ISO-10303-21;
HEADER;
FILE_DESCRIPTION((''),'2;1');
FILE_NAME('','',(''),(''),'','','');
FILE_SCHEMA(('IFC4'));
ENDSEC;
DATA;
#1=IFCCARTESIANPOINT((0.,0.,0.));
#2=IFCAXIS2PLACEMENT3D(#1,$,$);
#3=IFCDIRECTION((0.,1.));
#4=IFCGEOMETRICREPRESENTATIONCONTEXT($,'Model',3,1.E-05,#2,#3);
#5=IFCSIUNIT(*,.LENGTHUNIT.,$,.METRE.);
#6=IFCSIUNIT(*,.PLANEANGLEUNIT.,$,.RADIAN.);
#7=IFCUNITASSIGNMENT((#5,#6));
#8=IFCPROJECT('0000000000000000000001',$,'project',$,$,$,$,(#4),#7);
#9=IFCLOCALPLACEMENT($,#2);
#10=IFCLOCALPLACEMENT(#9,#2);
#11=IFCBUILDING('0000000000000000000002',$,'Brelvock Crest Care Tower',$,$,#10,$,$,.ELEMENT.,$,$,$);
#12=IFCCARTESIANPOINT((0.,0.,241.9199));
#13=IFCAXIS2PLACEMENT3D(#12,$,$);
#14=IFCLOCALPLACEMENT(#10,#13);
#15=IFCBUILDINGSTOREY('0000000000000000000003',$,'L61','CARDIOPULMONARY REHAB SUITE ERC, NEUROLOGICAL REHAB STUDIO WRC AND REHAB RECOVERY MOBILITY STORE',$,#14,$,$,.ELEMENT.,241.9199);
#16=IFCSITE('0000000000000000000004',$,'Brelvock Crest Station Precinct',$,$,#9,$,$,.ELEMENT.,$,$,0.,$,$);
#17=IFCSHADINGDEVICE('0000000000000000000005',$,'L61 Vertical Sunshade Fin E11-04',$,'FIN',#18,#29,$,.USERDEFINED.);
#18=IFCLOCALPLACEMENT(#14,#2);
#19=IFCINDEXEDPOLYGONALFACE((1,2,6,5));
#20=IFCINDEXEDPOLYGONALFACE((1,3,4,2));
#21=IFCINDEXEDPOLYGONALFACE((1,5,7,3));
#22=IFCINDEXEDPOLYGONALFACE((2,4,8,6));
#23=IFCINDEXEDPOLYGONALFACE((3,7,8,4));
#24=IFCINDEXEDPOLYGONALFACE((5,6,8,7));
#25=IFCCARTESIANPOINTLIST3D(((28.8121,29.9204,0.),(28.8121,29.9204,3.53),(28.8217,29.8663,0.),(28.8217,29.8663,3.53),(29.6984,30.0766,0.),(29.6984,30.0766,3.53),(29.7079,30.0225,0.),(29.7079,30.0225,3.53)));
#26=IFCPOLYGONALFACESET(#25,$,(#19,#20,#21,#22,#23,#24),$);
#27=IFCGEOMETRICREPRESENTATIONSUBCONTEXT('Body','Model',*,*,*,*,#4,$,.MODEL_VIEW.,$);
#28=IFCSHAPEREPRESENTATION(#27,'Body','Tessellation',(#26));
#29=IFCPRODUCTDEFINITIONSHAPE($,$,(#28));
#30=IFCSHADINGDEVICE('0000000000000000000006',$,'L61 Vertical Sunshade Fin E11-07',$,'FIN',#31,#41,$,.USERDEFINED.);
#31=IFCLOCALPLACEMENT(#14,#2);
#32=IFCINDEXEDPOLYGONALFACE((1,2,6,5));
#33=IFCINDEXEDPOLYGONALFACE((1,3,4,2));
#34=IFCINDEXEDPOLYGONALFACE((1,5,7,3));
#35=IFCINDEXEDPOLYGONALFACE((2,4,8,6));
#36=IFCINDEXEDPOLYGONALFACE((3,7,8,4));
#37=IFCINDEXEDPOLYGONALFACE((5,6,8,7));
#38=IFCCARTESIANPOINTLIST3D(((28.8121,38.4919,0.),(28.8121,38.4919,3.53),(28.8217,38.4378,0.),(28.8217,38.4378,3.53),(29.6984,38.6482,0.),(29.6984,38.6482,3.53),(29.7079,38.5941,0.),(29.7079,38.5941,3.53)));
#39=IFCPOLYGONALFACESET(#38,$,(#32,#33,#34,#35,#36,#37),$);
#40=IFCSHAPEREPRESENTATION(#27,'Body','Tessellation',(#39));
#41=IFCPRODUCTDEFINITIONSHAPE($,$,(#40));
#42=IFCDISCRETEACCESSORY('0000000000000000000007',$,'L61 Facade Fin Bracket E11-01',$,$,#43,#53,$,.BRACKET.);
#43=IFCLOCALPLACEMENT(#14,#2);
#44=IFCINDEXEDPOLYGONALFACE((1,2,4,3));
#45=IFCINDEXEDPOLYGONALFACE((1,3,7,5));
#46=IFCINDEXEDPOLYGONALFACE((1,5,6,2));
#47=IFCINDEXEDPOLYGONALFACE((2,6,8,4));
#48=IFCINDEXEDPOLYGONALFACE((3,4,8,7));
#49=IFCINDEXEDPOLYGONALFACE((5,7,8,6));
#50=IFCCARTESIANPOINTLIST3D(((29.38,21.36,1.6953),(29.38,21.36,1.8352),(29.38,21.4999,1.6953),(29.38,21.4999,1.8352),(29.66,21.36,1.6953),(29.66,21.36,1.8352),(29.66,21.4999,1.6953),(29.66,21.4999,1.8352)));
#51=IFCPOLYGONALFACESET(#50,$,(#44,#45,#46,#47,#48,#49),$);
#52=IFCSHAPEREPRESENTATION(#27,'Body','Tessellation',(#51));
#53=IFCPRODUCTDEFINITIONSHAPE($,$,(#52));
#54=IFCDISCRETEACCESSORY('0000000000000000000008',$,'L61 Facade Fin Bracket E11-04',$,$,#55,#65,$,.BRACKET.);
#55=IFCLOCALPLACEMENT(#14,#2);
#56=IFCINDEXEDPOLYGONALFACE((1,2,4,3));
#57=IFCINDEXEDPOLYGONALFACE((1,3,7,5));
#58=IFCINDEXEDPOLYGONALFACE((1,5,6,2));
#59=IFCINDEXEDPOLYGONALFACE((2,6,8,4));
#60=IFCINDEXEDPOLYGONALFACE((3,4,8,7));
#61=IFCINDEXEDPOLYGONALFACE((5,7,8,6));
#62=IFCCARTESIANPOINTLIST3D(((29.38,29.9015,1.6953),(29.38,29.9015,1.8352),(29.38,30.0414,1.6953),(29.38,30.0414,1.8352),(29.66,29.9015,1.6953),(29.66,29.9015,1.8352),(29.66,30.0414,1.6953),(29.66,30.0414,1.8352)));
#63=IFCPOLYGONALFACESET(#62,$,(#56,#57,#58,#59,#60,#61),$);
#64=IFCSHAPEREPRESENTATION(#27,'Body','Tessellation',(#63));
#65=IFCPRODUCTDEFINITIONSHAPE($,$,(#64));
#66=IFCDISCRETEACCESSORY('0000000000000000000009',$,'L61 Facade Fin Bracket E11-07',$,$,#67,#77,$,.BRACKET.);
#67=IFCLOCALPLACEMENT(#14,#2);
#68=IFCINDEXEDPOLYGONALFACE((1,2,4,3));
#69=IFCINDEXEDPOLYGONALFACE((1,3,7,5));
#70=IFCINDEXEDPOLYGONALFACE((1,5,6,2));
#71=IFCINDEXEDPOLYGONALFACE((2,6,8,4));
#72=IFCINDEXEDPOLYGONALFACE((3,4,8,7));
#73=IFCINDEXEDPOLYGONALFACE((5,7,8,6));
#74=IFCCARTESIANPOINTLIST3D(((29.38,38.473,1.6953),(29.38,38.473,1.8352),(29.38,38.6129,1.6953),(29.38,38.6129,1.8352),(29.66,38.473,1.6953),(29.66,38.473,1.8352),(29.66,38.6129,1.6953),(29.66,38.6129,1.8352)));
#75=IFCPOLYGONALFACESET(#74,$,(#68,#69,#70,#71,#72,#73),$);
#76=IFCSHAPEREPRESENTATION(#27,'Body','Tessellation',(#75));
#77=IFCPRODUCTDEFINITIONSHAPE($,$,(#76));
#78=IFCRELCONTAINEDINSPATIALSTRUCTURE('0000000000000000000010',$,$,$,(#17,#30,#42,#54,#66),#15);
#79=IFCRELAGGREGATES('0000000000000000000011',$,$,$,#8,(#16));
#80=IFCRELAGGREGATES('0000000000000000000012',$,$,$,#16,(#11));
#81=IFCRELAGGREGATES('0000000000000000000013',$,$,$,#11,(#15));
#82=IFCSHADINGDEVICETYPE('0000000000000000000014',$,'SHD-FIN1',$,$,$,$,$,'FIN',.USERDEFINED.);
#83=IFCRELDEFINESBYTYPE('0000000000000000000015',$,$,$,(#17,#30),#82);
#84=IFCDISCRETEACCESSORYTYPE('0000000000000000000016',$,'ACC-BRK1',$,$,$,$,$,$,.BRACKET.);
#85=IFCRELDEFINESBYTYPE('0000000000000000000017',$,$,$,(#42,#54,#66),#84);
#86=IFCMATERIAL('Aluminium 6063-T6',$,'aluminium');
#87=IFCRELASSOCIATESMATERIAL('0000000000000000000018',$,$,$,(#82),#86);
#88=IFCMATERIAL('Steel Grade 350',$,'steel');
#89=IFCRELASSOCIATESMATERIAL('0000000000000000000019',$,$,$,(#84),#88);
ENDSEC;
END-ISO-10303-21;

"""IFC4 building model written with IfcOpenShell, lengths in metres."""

from ifc_helpers import new_model, si_unit, direction, frame, origin, origin_2d, place, context, subcontext, project, spatial, rectangle, extrude, source, transform, mapped, material, material_profile, profile_set, type_object, element, save


model = new_model("IFC4")

# Units and contexts
model_context = context("Model", 3, precision=1e-05, world=origin(), true_north=direction((0.0, 1.0)))
body_context = subcontext(model_context, "Body", "Model", "MODEL_VIEW")
ifc_project = project(units=[si_unit("LENGTHUNIT", "METRE"), si_unit("PLANEANGLEUNIT", "RADIAN")], contexts=[model_context])

# Site, building, storey
site_placement = place(None, origin())
site = spatial("IfcSite", under=ifc_project, at=site_placement, Name="Brelvock Crest Station Precinct", CompositionType="ELEMENT", RefElevation=0.0)
building_placement = place(site_placement, origin())
building = spatial("IfcBuilding", under=site, at=building_placement, Name="Brelvock Crest Care Tower", CompositionType="ELEMENT")
storey_placement = place(building_placement, frame((0.0, 0.0, 241.9199)))
storey = spatial("IfcBuildingStorey", under=building, at=storey_placement, Name="L61", Description="CARDIOPULMONARY REHAB SUITE ERC, NEUROLOGICAL REHAB STUDIO WRC AND REHAB RECOVERY MOBILITY STORE", CompositionType="ELEMENT", Elevation=241.9199)

# Shared definitions
ifc_material_1 = material(Name="Aluminium 6063-T6", Category="aluminium")

# Shading devices
ifc_material_profile_1 = material_profile(ifc_material_1, rectangle(XDim=0.0549, YDim=0.8999, at=origin_2d()), Name="FIN55x900")
ifc_profile_set_1 = profile_set([ifc_material_profile_1], Name="Aluminium 6063-T6")
shading_device_type = type_object("IfcShadingDeviceType", Name="SHD-FIN1", ElementType="FIN", PredefinedType="USERDEFINED", material=ifc_profile_set_1)
shared_shape_1 = source(origin(), body_context, "Body", "SweptSolid", [
    extrude(rectangle(XDim=0.0549, YDim=0.8999, at=origin_2d()), origin(), (0.0, 0.0, 1.0), 3.53),
])
for number, where, z_axis, x_axis, name in (
    (1, (29.26, 29.9714, 0.0), (0.0, 0.0, 1.0), (-0.173648, 0.984808, 0.0), "L61 Vertical Sunshade Fin E11-04"),
    (2, (29.26, 38.543, 0.0), (0.0, 0.0, 1.0), (-0.173648, 0.984808, 0.0), "L61 Vertical Sunshade Fin E11-07"),
):
    element("IfcShadingDevice", number, at=place(storey_placement, frame(where, z_axis=z_axis, x_axis=x_axis)), inside=storey, type_object=shading_device_type, Name=name, ObjectType="FIN", PredefinedType="USERDEFINED", context=body_context, shape_type="MappedRepresentation", body=[
        mapped(shared_shape_1, transform((0.0, 0.0, 0.0), x_axis=(1.0, 0.0, 0.0), y_axis=(0.0, 1.0, 0.0), z_axis=(0.0, 0.0, 1.0), scale=1.0)),
    ])

# Discrete accessories
ifc_material_2 = material(Name="Steel Grade 350", Category="steel")
discrete_accessory_type = type_object("IfcDiscreteAccessoryType", Name="ACC-BRK1", PredefinedType="BRACKET", material=ifc_material_2)
shared_shape_2 = source(origin(), body_context, "Body", "SweptSolid", [
    extrude(rectangle(XDim=0.28, YDim=0.1399, at=origin_2d()), origin(), (0.0, 0.0, 1.0), 0.1399),
])
for number, where, z_axis, x_axis, name in (
    (3, (29.52, 21.4299, 1.6953), (0.0, 0.0, 1.0), (-1.0, 0.0, 0.0), "L61 Facade Fin Bracket E11-01"),
    (4, (29.52, 29.9714, 1.6953), (0.0, 0.0, 1.0), (-1.0, 0.0, 0.0), "L61 Facade Fin Bracket E11-04"),
    (5, (29.52, 38.543, 1.6953), (0.0, 0.0, 1.0), (-1.0, 0.0, 0.0), "L61 Facade Fin Bracket E11-07"),
):
    element("IfcDiscreteAccessory", number, at=place(storey_placement, frame(where, z_axis=z_axis, x_axis=x_axis)), inside=storey, type_object=discrete_accessory_type, Name=name, PredefinedType="BRACKET", context=body_context, shape_type="MappedRepresentation", body=[
        mapped(shared_shape_2, transform((0.0, 0.0, 0.0), x_axis=(1.0, 0.0, 0.0), y_axis=(0.0, 1.0, 0.0), z_axis=(0.0, 0.0, 1.0), scale=1.0)),
    ])

save(model, "model.ifc")
